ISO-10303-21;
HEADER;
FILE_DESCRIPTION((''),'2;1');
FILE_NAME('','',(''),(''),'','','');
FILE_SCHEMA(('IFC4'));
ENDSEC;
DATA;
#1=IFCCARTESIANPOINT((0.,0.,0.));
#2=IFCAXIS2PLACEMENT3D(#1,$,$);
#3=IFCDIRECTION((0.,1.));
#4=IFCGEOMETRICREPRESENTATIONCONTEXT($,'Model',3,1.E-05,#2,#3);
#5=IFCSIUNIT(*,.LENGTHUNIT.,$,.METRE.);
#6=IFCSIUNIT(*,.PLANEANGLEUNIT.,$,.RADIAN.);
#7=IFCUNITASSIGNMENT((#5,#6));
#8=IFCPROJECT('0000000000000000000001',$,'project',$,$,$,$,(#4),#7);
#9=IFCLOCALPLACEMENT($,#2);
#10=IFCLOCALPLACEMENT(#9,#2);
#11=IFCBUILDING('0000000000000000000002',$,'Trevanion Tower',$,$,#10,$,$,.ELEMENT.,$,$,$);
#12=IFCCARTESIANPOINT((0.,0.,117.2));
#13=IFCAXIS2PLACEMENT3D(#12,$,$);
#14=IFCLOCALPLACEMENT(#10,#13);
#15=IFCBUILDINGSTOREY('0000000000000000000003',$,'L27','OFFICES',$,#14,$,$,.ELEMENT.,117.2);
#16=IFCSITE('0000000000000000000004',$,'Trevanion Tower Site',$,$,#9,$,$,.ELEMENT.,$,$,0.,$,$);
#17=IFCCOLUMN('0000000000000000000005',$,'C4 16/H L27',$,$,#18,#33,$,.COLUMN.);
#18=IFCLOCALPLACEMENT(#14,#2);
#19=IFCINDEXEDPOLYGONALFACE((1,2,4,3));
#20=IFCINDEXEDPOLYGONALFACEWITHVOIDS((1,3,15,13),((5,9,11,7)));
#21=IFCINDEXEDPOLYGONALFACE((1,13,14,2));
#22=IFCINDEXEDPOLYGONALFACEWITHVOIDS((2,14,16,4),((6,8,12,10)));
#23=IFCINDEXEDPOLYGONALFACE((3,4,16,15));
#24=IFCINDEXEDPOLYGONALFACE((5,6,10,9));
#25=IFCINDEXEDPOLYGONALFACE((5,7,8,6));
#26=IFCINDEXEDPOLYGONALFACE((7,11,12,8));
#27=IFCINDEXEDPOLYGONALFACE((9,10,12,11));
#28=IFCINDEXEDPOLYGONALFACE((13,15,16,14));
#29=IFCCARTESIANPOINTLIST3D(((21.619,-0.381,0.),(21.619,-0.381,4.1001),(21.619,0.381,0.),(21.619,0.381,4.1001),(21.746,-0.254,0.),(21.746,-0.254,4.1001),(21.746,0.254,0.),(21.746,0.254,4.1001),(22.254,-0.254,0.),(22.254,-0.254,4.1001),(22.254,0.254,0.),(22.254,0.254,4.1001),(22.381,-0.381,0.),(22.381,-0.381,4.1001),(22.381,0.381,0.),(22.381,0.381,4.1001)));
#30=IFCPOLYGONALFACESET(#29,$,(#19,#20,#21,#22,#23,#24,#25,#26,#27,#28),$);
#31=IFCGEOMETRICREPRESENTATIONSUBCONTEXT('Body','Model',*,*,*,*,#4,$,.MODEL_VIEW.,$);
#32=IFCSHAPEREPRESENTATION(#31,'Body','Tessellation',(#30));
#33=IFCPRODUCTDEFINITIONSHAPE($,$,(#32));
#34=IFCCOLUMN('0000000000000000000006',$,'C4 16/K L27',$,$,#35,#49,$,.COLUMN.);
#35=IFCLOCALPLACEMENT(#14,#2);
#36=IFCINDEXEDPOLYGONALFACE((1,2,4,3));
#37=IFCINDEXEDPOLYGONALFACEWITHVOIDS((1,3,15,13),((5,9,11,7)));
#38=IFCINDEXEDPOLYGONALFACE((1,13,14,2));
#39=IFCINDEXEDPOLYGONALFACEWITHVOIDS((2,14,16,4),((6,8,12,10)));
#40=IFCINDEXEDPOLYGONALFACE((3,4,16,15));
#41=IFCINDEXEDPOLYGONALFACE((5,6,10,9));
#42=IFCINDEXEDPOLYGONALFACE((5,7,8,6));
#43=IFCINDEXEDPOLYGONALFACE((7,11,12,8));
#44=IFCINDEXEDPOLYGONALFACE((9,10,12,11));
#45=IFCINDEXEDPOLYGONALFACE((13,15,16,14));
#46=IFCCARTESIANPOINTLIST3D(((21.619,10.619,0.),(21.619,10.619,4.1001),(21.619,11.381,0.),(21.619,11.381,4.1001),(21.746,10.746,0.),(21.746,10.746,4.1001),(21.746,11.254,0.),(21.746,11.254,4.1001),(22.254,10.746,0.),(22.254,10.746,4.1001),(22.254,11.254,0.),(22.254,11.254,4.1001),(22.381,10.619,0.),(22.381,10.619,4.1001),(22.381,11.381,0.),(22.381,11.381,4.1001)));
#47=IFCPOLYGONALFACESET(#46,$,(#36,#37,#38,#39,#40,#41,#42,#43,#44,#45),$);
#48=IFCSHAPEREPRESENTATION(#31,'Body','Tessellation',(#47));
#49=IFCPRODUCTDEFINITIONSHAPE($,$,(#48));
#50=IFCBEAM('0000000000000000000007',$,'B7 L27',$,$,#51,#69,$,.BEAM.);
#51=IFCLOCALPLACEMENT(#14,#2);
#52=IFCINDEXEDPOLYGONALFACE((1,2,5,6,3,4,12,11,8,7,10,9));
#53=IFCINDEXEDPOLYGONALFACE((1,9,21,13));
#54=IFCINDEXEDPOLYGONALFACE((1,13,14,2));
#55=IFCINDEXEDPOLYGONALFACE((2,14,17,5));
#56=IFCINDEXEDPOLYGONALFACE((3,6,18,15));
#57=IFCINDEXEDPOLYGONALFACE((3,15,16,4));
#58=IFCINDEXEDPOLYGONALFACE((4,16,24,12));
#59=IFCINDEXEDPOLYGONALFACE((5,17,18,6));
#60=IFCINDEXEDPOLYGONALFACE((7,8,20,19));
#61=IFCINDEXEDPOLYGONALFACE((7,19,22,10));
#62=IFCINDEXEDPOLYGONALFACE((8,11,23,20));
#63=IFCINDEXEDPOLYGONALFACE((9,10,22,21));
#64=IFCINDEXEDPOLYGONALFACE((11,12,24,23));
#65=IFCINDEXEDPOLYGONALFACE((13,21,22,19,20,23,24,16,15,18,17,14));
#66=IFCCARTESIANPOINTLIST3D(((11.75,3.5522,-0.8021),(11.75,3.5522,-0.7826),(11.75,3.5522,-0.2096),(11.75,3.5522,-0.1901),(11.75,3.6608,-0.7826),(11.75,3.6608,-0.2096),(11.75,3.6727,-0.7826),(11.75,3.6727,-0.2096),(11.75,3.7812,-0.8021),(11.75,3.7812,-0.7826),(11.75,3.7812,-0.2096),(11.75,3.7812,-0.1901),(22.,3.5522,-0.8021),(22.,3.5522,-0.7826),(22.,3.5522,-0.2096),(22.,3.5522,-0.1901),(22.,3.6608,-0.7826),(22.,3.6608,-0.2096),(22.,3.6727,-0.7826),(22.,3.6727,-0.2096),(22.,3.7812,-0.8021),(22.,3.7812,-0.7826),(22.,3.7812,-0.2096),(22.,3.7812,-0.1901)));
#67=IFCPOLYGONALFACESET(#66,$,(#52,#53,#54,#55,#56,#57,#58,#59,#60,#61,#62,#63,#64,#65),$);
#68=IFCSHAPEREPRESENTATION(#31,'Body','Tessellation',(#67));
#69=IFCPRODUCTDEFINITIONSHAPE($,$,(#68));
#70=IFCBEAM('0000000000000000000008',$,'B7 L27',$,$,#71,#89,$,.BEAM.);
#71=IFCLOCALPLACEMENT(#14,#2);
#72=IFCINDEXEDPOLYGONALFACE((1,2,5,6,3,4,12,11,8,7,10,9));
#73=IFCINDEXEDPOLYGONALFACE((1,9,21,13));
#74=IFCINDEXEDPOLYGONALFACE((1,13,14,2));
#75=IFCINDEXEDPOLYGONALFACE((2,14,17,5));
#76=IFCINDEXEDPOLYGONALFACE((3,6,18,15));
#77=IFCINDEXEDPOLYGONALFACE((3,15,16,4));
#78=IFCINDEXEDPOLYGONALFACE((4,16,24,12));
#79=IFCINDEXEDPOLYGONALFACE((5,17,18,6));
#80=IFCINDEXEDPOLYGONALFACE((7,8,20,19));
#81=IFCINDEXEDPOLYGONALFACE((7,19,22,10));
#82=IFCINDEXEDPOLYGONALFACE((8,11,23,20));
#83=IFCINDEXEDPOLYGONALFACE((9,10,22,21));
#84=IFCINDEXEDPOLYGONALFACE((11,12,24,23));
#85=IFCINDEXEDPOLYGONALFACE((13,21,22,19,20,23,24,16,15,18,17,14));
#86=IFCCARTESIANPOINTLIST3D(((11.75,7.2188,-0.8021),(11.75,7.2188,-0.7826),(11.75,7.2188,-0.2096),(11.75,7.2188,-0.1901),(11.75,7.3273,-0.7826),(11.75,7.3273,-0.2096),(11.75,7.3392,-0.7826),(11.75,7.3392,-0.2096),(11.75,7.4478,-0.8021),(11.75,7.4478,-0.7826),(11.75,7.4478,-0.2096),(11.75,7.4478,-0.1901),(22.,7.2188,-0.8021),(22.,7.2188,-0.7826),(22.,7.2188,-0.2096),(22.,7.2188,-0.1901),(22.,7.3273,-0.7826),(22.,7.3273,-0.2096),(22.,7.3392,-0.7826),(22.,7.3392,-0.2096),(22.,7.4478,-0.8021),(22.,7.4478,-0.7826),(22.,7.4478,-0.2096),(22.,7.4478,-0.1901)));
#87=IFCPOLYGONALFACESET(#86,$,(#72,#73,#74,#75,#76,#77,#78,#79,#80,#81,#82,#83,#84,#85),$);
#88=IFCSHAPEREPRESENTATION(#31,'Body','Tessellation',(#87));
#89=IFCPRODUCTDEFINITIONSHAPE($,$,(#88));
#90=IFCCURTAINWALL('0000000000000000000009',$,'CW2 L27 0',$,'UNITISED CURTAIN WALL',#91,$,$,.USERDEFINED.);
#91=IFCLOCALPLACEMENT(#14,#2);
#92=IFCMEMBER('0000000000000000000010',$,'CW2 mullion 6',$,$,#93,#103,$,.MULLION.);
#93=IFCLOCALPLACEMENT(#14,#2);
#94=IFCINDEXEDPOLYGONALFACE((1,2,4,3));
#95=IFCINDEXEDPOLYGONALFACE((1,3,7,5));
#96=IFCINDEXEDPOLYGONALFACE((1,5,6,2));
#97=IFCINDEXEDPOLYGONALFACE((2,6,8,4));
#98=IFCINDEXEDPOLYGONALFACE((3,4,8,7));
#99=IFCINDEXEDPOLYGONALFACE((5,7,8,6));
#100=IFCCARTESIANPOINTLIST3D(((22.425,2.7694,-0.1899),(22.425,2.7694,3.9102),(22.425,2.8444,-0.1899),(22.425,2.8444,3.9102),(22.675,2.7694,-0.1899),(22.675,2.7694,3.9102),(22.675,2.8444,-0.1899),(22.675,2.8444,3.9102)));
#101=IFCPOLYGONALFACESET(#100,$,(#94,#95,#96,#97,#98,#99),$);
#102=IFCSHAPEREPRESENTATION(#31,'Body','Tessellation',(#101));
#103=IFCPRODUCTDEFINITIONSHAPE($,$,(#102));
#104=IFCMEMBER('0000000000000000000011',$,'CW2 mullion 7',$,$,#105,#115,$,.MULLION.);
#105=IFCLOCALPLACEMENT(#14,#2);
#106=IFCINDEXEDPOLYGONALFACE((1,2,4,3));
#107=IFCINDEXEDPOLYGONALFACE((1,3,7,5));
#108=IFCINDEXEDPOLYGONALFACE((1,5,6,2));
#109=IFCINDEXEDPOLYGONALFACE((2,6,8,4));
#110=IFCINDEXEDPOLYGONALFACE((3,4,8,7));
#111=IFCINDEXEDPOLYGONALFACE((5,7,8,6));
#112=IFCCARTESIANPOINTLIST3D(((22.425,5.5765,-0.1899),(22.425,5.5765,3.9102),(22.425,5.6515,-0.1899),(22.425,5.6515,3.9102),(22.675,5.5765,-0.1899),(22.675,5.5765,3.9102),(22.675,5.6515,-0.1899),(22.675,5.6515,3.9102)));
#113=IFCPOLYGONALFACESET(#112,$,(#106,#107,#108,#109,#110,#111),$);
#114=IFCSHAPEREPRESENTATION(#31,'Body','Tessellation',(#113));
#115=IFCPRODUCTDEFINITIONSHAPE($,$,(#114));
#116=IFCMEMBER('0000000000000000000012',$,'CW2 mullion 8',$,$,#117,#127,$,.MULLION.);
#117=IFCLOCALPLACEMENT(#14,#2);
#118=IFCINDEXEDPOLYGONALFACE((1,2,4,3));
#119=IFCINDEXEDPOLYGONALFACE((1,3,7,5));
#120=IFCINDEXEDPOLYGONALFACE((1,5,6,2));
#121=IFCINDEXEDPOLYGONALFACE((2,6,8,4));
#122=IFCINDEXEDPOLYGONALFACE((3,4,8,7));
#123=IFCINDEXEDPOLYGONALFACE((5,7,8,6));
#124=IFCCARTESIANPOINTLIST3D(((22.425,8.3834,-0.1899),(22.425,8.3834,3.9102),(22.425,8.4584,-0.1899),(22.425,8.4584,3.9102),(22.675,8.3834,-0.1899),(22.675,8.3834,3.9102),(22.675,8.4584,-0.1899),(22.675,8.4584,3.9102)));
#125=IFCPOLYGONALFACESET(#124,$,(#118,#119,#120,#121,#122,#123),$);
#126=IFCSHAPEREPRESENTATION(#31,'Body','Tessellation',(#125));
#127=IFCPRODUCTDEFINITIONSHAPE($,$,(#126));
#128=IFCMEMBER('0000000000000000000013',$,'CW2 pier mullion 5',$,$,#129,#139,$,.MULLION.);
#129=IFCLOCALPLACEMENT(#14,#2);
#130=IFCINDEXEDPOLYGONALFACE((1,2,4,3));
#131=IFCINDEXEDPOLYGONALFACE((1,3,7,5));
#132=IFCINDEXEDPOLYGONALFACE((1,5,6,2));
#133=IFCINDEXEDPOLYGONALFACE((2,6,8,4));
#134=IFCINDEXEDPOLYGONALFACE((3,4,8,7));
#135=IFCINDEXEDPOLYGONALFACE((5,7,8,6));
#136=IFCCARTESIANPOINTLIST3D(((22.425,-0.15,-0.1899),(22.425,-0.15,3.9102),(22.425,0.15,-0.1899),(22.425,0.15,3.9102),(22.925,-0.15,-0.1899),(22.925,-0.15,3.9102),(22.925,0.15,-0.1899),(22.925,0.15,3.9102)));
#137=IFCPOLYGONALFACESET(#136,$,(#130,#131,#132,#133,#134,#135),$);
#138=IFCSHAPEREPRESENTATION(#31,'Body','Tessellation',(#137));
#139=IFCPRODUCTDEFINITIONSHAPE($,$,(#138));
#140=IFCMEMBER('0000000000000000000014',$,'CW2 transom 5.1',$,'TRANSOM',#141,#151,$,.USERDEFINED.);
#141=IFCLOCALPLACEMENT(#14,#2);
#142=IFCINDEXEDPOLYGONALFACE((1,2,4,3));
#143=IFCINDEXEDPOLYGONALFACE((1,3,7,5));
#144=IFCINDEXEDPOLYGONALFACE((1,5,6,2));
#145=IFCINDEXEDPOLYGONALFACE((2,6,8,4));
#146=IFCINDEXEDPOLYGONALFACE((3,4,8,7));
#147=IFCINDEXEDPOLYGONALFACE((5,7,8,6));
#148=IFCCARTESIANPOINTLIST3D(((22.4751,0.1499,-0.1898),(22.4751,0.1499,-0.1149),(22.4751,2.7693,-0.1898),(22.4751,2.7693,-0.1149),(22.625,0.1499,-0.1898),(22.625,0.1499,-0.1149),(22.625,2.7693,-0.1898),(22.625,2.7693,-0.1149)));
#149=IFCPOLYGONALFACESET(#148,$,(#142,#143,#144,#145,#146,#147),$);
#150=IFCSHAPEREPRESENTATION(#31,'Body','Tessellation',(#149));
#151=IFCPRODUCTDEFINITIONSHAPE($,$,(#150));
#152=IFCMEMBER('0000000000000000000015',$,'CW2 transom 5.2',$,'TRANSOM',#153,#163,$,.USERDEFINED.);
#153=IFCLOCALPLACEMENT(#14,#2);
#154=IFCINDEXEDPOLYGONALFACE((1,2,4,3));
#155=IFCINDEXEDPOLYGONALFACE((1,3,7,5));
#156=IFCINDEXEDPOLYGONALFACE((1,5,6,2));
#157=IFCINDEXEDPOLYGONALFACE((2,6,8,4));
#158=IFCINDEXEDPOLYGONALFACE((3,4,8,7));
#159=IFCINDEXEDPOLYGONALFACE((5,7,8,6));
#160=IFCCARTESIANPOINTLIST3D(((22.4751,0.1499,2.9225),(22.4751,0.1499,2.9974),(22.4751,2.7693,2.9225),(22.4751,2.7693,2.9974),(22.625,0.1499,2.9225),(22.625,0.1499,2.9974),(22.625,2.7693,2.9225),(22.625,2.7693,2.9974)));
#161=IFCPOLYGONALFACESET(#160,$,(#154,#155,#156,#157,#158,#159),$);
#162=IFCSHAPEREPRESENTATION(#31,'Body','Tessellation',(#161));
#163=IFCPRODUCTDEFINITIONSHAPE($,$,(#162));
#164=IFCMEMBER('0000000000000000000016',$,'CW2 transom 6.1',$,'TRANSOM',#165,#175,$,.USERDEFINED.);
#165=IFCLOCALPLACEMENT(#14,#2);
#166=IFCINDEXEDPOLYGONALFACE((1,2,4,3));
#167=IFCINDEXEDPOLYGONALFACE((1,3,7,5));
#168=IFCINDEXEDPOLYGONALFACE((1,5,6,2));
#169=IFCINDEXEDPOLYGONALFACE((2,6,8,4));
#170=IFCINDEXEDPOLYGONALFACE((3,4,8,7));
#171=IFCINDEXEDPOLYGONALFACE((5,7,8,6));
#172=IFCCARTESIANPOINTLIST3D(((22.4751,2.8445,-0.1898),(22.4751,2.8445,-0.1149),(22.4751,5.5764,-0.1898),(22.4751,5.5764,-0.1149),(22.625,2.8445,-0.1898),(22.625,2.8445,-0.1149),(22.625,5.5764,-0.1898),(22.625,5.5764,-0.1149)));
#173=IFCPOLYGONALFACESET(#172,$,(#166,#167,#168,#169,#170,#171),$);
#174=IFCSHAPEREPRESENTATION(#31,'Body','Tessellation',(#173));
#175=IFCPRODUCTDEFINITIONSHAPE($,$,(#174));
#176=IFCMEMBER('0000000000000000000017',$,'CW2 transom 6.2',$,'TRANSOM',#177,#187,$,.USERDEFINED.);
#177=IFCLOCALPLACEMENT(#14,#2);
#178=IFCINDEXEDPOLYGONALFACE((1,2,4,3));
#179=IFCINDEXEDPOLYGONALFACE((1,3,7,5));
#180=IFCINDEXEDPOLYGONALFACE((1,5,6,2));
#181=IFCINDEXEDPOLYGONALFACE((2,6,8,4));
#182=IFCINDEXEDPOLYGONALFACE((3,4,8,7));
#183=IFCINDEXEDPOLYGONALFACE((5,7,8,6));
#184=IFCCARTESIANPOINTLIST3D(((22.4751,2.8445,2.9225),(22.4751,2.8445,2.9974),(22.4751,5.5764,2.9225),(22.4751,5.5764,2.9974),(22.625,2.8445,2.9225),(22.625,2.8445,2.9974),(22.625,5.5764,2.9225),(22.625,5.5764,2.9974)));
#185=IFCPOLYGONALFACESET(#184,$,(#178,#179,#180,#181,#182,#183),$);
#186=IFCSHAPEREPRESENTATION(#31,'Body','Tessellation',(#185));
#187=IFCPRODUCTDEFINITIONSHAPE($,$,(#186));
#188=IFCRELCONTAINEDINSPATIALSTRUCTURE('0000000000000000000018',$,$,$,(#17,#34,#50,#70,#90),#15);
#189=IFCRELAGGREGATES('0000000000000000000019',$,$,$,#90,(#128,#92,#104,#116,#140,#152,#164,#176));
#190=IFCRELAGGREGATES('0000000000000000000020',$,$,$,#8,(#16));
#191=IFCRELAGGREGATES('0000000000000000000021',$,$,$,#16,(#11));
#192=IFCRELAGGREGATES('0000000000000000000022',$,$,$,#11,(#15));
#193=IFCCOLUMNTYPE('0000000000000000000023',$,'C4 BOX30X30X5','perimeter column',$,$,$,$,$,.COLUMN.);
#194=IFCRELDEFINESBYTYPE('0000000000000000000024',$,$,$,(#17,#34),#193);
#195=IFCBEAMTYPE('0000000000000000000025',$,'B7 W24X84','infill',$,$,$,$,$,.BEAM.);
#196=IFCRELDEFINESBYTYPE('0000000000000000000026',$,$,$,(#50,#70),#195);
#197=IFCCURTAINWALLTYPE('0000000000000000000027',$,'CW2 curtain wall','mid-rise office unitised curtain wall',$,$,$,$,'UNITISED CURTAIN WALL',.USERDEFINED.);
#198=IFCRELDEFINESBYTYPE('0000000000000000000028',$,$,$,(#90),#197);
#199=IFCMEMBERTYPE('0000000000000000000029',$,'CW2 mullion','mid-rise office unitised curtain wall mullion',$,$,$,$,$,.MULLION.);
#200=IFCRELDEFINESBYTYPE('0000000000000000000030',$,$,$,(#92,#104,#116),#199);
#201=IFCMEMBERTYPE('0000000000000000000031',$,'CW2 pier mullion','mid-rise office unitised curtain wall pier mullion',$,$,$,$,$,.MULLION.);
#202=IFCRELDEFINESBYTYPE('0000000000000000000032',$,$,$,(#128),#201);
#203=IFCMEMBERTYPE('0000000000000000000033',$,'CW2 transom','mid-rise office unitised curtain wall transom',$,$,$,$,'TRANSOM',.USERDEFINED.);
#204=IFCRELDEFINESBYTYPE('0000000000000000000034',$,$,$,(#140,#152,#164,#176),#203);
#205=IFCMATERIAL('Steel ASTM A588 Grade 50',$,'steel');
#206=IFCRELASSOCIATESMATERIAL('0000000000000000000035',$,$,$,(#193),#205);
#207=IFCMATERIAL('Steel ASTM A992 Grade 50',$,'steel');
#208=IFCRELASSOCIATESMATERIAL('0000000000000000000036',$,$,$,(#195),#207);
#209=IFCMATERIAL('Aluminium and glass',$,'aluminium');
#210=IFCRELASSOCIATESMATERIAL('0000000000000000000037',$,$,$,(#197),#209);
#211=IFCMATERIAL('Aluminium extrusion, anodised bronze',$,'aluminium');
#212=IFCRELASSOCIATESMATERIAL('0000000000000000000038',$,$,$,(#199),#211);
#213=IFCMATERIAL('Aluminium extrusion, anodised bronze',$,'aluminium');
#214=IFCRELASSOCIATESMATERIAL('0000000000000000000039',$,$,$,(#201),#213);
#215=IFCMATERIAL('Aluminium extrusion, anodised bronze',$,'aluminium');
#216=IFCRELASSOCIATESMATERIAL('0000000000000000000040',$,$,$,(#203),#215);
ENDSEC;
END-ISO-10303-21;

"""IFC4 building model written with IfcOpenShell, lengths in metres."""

from ifc_helpers import new_model, si_unit, direction, frame, origin, origin_2d, place, context, subcontext, project, spatial, rectangle, hollow_rectangle, i_section, extrude, material, material_profile, profile_set, type_object, element, aggregate, save


model = new_model("IFC4")

# Units and contexts
model_context = context("Model", 3, precision=1e-05, world=origin(), true_north=direction((0.0, 1.0)))
body_context = subcontext(model_context, "Body", "Model", "MODEL_VIEW")
ifc_project = project(units=[si_unit("LENGTHUNIT", "METRE"), si_unit("PLANEANGLEUNIT", "RADIAN")], contexts=[model_context])

# Site, building, storey
site_placement = place(None, origin())
site = spatial("IfcSite", under=ifc_project, at=site_placement, Name="Trevanion Tower Site", CompositionType="ELEMENT", RefElevation=0.0)
building_placement = place(site_placement, origin())
building = spatial("IfcBuilding", under=site, at=building_placement, Name="Trevanion Tower", CompositionType="ELEMENT")
storey_placement = place(building_placement, frame((0.0, 0.0, 117.2)))
storey = spatial("IfcBuildingStorey", under=building, at=storey_placement, Name="L27", Description="OFFICES", CompositionType="ELEMENT", Elevation=117.2)

# Columns
ifc_material_1 = material(Name="Steel ASTM A588 Grade 50", Category="steel")
ifc_material_profile_1 = material_profile(ifc_material_1, hollow_rectangle(XDim=0.762, YDim=0.762, WallThickness=0.127, at=origin_2d()), Name="BOX30X30X5")
ifc_profile_set_1 = profile_set([ifc_material_profile_1], Name="Steel ASTM A588 Grade 50")
column_type = type_object("IfcColumnType", Name="C4 BOX30X30X5", Description="perimeter column", PredefinedType="COLUMN", material=ifc_profile_set_1)
for number, where, z_axis, x_axis, name in (
    (1, (22.0, 0.0, 0.0), (0.0, 0.0, 1.0), (0.0, 1.0, 0.0), "C4 16/H L27"),
    (2, (22.0, 11.0, 0.0), (0.0, 0.0, 1.0), (0.0, 1.0, 0.0), "C4 16/K L27"),
):
    element("IfcColumn", number, at=place(storey_placement, frame(where, z_axis=z_axis, x_axis=x_axis)), inside=storey, type_object=column_type, Name=name, PredefinedType="COLUMN", context=body_context, shape_type="SweptSolid", body=[
        extrude(hollow_rectangle(XDim=0.762, YDim=0.762, WallThickness=0.127, at=origin_2d()), origin(), (0.0, 0.0, 1.0), 4.1001),
    ])

# Beams
ifc_material_2 = material(Name="Steel ASTM A992 Grade 50", Category="steel")
ifc_material_profile_2 = material_profile(ifc_material_2, i_section(OverallWidth=0.229, OverallDepth=0.6121, WebThickness=0.012, FlangeThickness=0.0195, at=origin_2d()), Name="W24X84")
ifc_profile_set_2 = profile_set([ifc_material_profile_2], Name="Steel ASTM A992 Grade 50")
beam_type_1 = type_object("IfcBeamType", Name="B7 W24X84", Description="infill", PredefinedType="BEAM", material=ifc_profile_set_2)
for number, where, z_axis, x_axis, name in (
    (3, (11.75, 3.6667, -0.4961), (1.0, 0.0, 0.0), (0.0, 1.0, 0.0), "B7 L27"),
    (4, (11.75, 7.3333, -0.4961), (1.0, 0.0, 0.0), (0.0, 1.0, 0.0), "B7 L27"),
):
    element("IfcBeam", number, at=place(storey_placement, frame(where, z_axis=z_axis, x_axis=x_axis)), inside=storey, type_object=beam_type_1, Name=name, PredefinedType="BEAM", context=body_context, shape_type="SweptSolid", body=[
        extrude(i_section(OverallWidth=0.229, OverallDepth=0.6121, WebThickness=0.012, FlangeThickness=0.0195, at=origin_2d()), origin(), (0.0, 0.0, 1.0), 10.25),
    ])

# Curtain wall, members
ifc_material_3 = material(Name="Aluminium and glass", Category="aluminium")
curtain_wall_type = type_object("IfcCurtainWallType", Name="CW2 curtain wall", Description="mid-rise office unitised curtain wall", ElementType="UNITISED CURTAIN WALL", PredefinedType="USERDEFINED", material=ifc_material_3)
curtain_wall_placement = place(storey_placement, origin())
curtain_wall = element("IfcCurtainWall", 5, at=curtain_wall_placement, inside=storey, type_object=curtain_wall_type, Name="CW2 L27 0", ObjectType="UNITISED CURTAIN WALL", PredefinedType="USERDEFINED")
ifc_material_4 = material(Name="Aluminium extrusion, anodised bronze", Category="aluminium")
ifc_material_profile_3 = material_profile(ifc_material_4, rectangle(XDim=0.075, YDim=0.25, at=origin_2d()), Name="CW2 mullion")
ifc_profile_set_3 = profile_set([ifc_material_profile_3], Name="Aluminium extrusion, anodised bronze")
member_type_1 = type_object("IfcMemberType", Name="CW2 mullion", Description="mid-rise office unitised curtain wall mullion", PredefinedType="MULLION", material=ifc_profile_set_3)
member_1_placement = place(storey_placement, frame((22.55, 2.8069, -0.1899), z_axis=(0.0, 0.0, 1.0), x_axis=(0.0, 1.0, 0.0)))
member_1 = element("IfcMember", 6, at=member_1_placement, type_object=member_type_1, Name="CW2 mullion 6", PredefinedType="MULLION", context=body_context, shape_type="SweptSolid", body=[
    extrude(rectangle(XDim=0.075, YDim=0.25, at=origin_2d()), origin(), (0.0, 0.0, 1.0), 4.1001),
])
member_2_placement = place(storey_placement, frame((22.55, 5.614, -0.1899), z_axis=(0.0, 0.0, 1.0), x_axis=(0.0, 1.0, 0.0)))
member_2 = element("IfcMember", 7, at=member_2_placement, type_object=member_type_1, Name="CW2 mullion 7", PredefinedType="MULLION", context=body_context, shape_type="SweptSolid", body=[
    extrude(rectangle(XDim=0.075, YDim=0.25, at=origin_2d()), origin(), (0.0, 0.0, 1.0), 4.1001),
])
member_3_placement = place(storey_placement, frame((22.55, 8.4209, -0.1899), z_axis=(0.0, 0.0, 1.0), x_axis=(0.0, 1.0, 0.0)))
member_3 = element("IfcMember", 8, at=member_3_placement, type_object=member_type_1, Name="CW2 mullion 8", PredefinedType="MULLION", context=body_context, shape_type="SweptSolid", body=[
    extrude(rectangle(XDim=0.075, YDim=0.25, at=origin_2d()), origin(), (0.0, 0.0, 1.0), 4.1001),
])
ifc_material_5 = material(Name="Aluminium extrusion, anodised bronze", Category="aluminium")
ifc_material_profile_4 = material_profile(ifc_material_5, rectangle(XDim=0.3, YDim=0.5, at=origin_2d()), Name="CW2 pier mullion")
ifc_profile_set_4 = profile_set([ifc_material_profile_4], Name="Aluminium extrusion, anodised bronze")
member_type_2 = type_object("IfcMemberType", Name="CW2 pier mullion", Description="mid-rise office unitised curtain wall pier mullion", PredefinedType="MULLION", material=ifc_profile_set_4)
member_4_placement = place(storey_placement, frame((22.675, 0.0, -0.1899), z_axis=(0.0, 0.0, 1.0), x_axis=(0.0, 1.0, 0.0)))
member_4 = element("IfcMember", 9, at=member_4_placement, type_object=member_type_2, Name="CW2 pier mullion 5", PredefinedType="MULLION", context=body_context, shape_type="SweptSolid", body=[
    extrude(rectangle(XDim=0.3, YDim=0.5, at=origin_2d()), origin(), (0.0, 0.0, 1.0), 4.1001),
])
ifc_material_6 = material(Name="Aluminium extrusion, anodised bronze", Category="aluminium")
ifc_material_profile_5 = material_profile(ifc_material_6, rectangle(XDim=0.1499, YDim=0.075, at=origin_2d()), Name="CW2 transom")
ifc_profile_set_5 = profile_set([ifc_material_profile_5], Name="Aluminium extrusion, anodised bronze")
member_type_3 = type_object("IfcMemberType", Name="CW2 transom", Description="mid-rise office unitised curtain wall transom", ElementType="TRANSOM", PredefinedType="USERDEFINED", material=ifc_profile_set_5)
member_5_placement = place(storey_placement, frame((22.55, 0.1499, -0.1523), z_axis=(0.0, 1.0, 0.0), x_axis=(-1.0, 0.0, 0.0)))
member_5 = element("IfcMember", 10, at=member_5_placement, type_object=member_type_3, Name="CW2 transom 5.1", ObjectType="TRANSOM", PredefinedType="USERDEFINED", context=body_context, shape_type="SweptSolid", body=[
    extrude(rectangle(XDim=0.1499, YDim=0.075, at=origin_2d()), origin(), (0.0, 0.0, 1.0), 2.6194),
])
member_6_placement = place(storey_placement, frame((22.55, 0.1499, 2.96), z_axis=(0.0, 1.0, 0.0), x_axis=(-1.0, 0.0, 0.0)))
member_6 = element("IfcMember", 11, at=member_6_placement, type_object=member_type_3, Name="CW2 transom 5.2", ObjectType="TRANSOM", PredefinedType="USERDEFINED", context=body_context, shape_type="SweptSolid", body=[
    extrude(rectangle(XDim=0.1499, YDim=0.075, at=origin_2d()), origin(), (0.0, 0.0, 1.0), 2.6194),
])
member_7_placement = place(storey_placement, frame((22.55, 2.8445, -0.1523), z_axis=(0.0, 1.0, 0.0), x_axis=(-1.0, 0.0, 0.0)))
member_7 = element("IfcMember", 12, at=member_7_placement, type_object=member_type_3, Name="CW2 transom 6.1", ObjectType="TRANSOM", PredefinedType="USERDEFINED", context=body_context, shape_type="SweptSolid", body=[
    extrude(rectangle(XDim=0.1499, YDim=0.075, at=origin_2d()), origin(), (0.0, 0.0, 1.0), 2.7319),
])
member_8_placement = place(storey_placement, frame((22.55, 2.8445, 2.96), z_axis=(0.0, 1.0, 0.0), x_axis=(-1.0, 0.0, 0.0)))
member_8 = element("IfcMember", 13, at=member_8_placement, type_object=member_type_3, Name="CW2 transom 6.2", ObjectType="TRANSOM", PredefinedType="USERDEFINED", context=body_context, shape_type="SweptSolid", body=[
    extrude(rectangle(XDim=0.1499, YDim=0.075, at=origin_2d()), origin(), (0.0, 0.0, 1.0), 2.7319),
])

aggregate(curtain_wall, [member_4, member_1, member_2, member_3, member_5, member_6, member_7, member_8])

save(model, "model.ifc")
